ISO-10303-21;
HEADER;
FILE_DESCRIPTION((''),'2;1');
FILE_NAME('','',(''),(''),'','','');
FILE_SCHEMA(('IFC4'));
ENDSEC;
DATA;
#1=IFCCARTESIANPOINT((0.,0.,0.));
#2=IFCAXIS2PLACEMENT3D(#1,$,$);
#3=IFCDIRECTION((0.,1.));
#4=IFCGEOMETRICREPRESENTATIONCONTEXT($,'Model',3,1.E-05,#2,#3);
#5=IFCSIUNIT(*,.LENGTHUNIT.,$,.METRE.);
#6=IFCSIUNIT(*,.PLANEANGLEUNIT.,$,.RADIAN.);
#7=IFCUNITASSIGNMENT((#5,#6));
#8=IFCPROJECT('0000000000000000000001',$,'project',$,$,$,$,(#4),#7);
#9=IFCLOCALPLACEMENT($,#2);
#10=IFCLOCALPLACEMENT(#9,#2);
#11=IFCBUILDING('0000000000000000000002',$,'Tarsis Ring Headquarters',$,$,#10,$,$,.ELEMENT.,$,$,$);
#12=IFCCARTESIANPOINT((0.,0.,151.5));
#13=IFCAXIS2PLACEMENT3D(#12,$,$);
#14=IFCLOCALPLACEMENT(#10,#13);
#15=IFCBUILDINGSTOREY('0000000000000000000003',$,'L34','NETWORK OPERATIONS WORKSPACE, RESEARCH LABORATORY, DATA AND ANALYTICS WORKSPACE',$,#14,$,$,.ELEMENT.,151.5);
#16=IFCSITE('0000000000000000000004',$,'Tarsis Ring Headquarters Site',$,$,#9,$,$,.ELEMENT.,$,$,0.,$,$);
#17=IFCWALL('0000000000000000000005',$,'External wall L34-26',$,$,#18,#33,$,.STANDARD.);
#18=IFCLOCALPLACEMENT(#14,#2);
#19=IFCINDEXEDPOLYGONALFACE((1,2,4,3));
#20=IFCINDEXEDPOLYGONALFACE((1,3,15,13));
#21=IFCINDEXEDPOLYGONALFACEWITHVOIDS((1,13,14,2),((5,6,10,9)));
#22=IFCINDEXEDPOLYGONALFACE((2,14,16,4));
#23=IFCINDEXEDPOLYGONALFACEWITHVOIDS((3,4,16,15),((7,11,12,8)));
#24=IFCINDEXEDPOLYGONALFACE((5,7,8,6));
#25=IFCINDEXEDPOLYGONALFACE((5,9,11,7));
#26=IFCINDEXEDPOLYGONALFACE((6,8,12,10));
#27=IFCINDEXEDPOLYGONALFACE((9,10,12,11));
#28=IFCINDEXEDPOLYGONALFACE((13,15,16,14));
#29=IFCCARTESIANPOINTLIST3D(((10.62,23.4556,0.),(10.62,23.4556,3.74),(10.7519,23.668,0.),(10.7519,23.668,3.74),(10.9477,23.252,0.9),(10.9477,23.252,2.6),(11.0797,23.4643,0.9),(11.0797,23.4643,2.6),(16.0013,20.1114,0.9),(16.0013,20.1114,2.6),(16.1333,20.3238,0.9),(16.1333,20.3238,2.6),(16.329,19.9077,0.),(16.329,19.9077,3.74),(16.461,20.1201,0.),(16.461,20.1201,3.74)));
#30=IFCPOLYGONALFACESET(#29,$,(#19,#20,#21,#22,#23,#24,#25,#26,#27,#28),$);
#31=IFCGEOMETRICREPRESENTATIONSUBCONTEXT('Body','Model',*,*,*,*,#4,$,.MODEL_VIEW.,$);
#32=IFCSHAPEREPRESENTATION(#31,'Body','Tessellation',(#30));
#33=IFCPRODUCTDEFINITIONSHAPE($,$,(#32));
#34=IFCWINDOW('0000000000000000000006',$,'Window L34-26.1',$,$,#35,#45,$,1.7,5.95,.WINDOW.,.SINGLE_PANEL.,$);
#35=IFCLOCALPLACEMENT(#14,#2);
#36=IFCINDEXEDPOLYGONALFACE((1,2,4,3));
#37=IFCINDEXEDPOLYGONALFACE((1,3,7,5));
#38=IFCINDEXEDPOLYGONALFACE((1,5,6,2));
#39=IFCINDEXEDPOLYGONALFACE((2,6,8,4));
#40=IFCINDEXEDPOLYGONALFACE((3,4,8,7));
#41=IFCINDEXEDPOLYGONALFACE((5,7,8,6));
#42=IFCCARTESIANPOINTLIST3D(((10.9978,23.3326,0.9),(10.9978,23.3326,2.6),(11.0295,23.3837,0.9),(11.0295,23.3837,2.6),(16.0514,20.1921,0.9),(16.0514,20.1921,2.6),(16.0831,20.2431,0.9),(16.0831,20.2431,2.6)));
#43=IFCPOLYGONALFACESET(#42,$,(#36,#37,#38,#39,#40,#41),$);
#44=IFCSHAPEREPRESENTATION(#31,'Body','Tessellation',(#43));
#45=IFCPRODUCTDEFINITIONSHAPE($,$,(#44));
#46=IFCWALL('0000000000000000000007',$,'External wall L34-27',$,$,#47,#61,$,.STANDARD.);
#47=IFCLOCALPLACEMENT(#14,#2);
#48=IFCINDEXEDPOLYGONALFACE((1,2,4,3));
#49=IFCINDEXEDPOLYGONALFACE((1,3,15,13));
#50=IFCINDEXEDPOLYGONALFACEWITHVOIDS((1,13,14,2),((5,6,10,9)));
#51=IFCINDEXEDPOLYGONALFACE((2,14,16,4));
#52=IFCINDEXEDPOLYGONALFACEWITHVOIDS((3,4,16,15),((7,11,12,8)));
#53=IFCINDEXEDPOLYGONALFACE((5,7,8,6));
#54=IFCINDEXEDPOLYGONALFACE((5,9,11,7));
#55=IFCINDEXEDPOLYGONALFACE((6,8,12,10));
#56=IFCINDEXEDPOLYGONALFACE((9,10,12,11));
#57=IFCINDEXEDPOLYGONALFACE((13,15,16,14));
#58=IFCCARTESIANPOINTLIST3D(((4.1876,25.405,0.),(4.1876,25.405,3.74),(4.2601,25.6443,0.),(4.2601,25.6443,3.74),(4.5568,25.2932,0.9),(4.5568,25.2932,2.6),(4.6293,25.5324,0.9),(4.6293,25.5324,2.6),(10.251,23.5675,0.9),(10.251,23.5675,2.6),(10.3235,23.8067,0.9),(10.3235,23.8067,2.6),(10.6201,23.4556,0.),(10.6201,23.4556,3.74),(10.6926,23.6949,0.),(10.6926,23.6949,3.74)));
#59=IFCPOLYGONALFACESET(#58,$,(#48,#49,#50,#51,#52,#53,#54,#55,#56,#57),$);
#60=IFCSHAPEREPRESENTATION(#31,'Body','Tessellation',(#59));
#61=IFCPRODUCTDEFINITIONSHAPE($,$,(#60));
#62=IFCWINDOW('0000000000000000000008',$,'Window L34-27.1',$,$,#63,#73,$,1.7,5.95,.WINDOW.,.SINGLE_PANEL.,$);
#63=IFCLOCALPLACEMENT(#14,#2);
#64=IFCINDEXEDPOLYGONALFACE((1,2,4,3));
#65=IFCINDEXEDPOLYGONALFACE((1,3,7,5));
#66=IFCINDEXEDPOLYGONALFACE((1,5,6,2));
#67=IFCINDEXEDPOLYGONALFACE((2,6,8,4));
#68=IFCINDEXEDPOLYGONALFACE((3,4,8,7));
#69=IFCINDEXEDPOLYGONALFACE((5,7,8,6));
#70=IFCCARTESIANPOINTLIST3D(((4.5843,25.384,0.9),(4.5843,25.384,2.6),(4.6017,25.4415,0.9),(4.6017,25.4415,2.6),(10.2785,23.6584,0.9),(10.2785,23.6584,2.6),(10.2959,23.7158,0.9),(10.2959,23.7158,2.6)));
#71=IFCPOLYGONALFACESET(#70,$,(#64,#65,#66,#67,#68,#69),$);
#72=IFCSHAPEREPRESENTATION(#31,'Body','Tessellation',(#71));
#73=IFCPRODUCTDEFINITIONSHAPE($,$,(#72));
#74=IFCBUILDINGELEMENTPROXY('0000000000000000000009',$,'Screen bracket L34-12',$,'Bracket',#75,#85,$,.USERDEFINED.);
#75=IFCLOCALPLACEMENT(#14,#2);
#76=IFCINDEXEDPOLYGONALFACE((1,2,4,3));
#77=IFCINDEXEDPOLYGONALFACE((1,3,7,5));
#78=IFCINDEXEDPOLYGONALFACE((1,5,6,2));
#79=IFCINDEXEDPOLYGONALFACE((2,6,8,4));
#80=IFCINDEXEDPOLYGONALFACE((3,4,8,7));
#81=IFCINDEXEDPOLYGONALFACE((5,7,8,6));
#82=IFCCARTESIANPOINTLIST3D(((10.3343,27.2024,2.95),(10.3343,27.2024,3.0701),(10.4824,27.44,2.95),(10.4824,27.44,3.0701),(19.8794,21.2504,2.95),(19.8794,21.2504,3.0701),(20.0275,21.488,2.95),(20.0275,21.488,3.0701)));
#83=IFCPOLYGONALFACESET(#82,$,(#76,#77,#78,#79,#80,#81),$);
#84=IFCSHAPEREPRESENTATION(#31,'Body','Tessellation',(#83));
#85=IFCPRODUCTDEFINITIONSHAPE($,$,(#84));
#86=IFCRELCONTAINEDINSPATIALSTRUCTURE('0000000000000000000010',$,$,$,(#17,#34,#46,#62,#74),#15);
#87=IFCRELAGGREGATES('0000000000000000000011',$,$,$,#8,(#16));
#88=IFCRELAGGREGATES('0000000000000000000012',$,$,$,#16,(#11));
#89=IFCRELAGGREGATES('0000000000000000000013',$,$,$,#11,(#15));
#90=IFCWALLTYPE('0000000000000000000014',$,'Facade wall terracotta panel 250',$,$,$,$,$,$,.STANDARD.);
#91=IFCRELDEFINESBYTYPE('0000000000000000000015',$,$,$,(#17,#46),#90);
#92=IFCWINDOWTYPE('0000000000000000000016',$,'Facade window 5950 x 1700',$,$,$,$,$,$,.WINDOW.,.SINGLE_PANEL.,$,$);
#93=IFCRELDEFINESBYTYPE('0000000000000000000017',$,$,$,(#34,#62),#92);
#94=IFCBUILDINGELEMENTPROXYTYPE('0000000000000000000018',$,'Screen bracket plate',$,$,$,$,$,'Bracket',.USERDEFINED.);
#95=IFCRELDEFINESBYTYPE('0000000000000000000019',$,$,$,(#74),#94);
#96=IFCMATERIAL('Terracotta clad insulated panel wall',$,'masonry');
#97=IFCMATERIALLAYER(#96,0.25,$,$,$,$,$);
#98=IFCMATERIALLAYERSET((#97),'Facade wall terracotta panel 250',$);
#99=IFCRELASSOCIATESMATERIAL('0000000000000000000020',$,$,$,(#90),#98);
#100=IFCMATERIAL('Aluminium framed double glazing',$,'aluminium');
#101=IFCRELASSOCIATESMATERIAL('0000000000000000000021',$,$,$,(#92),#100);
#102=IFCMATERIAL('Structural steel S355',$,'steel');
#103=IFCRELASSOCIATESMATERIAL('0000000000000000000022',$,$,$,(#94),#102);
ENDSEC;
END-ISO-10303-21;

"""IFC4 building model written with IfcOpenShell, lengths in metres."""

from ifc_helpers import new_model, si_unit, direction, frame, frame_2d, origin, origin_2d, place, context, subcontext, project, spatial, rectangle, extrude, material, layer, layer_set, type_object, element, fill, save


model = new_model("IFC4")

# Units and contexts
model_context = context("Model", 3, precision=1e-05, world=origin(), true_north=direction((0.0, 1.0)))
body_context = subcontext(model_context, "Body", "Model", "MODEL_VIEW")
ifc_project = project(units=[si_unit("LENGTHUNIT", "METRE"), si_unit("PLANEANGLEUNIT", "RADIAN")], contexts=[model_context])

# Site, building, storey
site_placement = place(None, origin())
site = spatial("IfcSite", under=ifc_project, at=site_placement, Name="Tarsis Ring Headquarters Site", CompositionType="ELEMENT", RefElevation=0.0)
building_placement = place(site_placement, origin())
building = spatial("IfcBuilding", under=site, at=building_placement, Name="Tarsis Ring Headquarters", CompositionType="ELEMENT")
storey_placement = place(building_placement, frame((0.0, 0.0, 151.5)))
storey = spatial("IfcBuildingStorey", under=building, at=storey_placement, Name="L34", Description="NETWORK OPERATIONS WORKSPACE, RESEARCH LABORATORY, DATA AND ANALYTICS WORKSPACE", CompositionType="ELEMENT", Elevation=151.5)

# Shared definitions
ifc_material_1 = material(Name="Structural steel S355", Category="steel")

# Walls, openings, windows
ifc_material_2 = material(Name="Terracotta clad insulated panel wall", Category="masonry")
ifc_layer_1 = layer(ifc_material_2, 0.25)
ifc_layer_set_1 = layer_set([ifc_layer_1], Name="Facade wall terracotta panel 250")
wall_type_1 = type_object("IfcWallType", Name="Facade wall terracotta panel 250", PredefinedType="STANDARD", material=ifc_layer_set_1)
wall_1_placement = place(storey_placement, frame((16.395, 20.0139, 0.0), z_axis=(0.0, 0.0, 1.0), x_axis=(-0.84935, 0.527829, 0.0)))
wall_1 = element("IfcWall", 1, at=wall_1_placement, inside=storey, type_object=wall_type_1, Name="External wall L34-26", PredefinedType="STANDARD", context=body_context, shape_type="SweptSolid", body=[
    extrude(rectangle(XDim=6.7217, YDim=0.25, at=frame_2d((3.3608, 0.0))), origin(), (0.0, 0.0, 1.0), 3.74),
])
opening_1_placement = place(wall_1_placement, frame((0.3857, 0.0, 0.8999)))
opening_1 = element("IfcOpeningElement", 2, at=opening_1_placement, cuts=wall_1, PredefinedType="OPENING", context=body_context, shape_type="SweptSolid", body=[
    extrude(rectangle(XDim=5.95, YDim=1.7, at=frame_2d((2.9751, 0.8501))), frame((0.0, 0.135, 0.0), z_axis=(0.0, -1.0, 0.0), x_axis=(1.0, 0.0, 0.0)), (0.0, 0.0, 1.0), 0.27),
])
ifc_material_3 = material(Name="Aluminium framed double glazing", Category="aluminium")
window_type = type_object("IfcWindowType", Name="Facade window 5950 x 1700", PartitioningType="SINGLE_PANEL", PredefinedType="WINDOW", material=ifc_material_3)
window_1_placement = place(opening_1_placement, origin())
window_1 = element("IfcWindow", 3, at=window_1_placement, inside=storey, type_object=window_type, Name="Window L34-26.1", OverallHeight=1.7, OverallWidth=5.95, PartitioningType="SINGLE_PANEL", PredefinedType="WINDOW", context=body_context, shape_type="SweptSolid", body=[
    extrude(rectangle(XDim=5.95, YDim=1.7, at=frame_2d((2.9751, 0.8501))), frame((0.0, 0.03, 0.0), z_axis=(0.0, -1.0, 0.0), x_axis=(1.0, 0.0, 0.0)), (0.0, 0.0, 1.0), 0.0601),
])
fill(opening_1, window_1)
wall_2_placement = place(storey_placement, frame((10.6565, 23.5752, 0.0), z_axis=(0.0, 0.0, 1.0), x_axis=(-0.957017, 0.290033, 0.0)))
wall_2 = element("IfcWall", 4, at=wall_2_placement, inside=storey, type_object=wall_type_1, Name="External wall L34-27", PredefinedType="STANDARD", context=body_context, shape_type="SweptSolid", body=[
    extrude(rectangle(XDim=6.7214, YDim=0.25, at=frame_2d((3.3608, 0.0))), origin(), (0.0, 0.0, 1.0), 3.74),
])
opening_2_placement = place(wall_2_placement, frame((0.3857, 0.0, 0.8999)))
opening_2 = element("IfcOpeningElement", 5, at=opening_2_placement, cuts=wall_2, PredefinedType="OPENING", context=body_context, shape_type="SweptSolid", body=[
    extrude(rectangle(XDim=5.95, YDim=1.7, at=frame_2d((2.9751, 0.8501))), frame((0.0, 0.135, 0.0), z_axis=(0.0, -1.0, 0.0), x_axis=(1.0, 0.0, 0.0)), (0.0, 0.0, 1.0), 0.27),
])
window_2_placement = place(opening_2_placement, origin())
window_2 = element("IfcWindow", 6, at=window_2_placement, inside=storey, type_object=window_type, Name="Window L34-27.1", OverallHeight=1.7, OverallWidth=5.95, PartitioningType="SINGLE_PANEL", PredefinedType="WINDOW", context=body_context, shape_type="SweptSolid", body=[
    extrude(rectangle(XDim=5.95, YDim=1.7, at=frame_2d((2.9751, 0.8501))), frame((0.0, 0.03, 0.0), z_axis=(0.0, -1.0, 0.0), x_axis=(1.0, 0.0, 0.0)), (0.0, 0.0, 1.0), 0.0601),
])
fill(opening_2, window_2)

# Building element proxy
building_element_proxy_type = type_object("IfcBuildingElementProxyType", Name="Screen bracket plate", ElementType="Bracket", PredefinedType="USERDEFINED", material=ifc_material_1)
proxy_placement = place(storey_placement, frame((15.1809, 24.3452, 2.95), z_axis=(0.0, 0.0, 1.0), x_axis=(-0.848545, 0.529124, 0.0)))
element("IfcBuildingElementProxy", 7, at=proxy_placement, inside=storey, type_object=building_element_proxy_type, Name="Screen bracket L34-12", ObjectType="Bracket", PredefinedType="USERDEFINED", context=body_context, shape_type="SweptSolid", body=[
    extrude(rectangle(XDim=11.2488, YDim=0.28, at=origin_2d()), origin(), (0.0, 0.0, 1.0), 0.1201),
])

save(model, "model.ifc")
